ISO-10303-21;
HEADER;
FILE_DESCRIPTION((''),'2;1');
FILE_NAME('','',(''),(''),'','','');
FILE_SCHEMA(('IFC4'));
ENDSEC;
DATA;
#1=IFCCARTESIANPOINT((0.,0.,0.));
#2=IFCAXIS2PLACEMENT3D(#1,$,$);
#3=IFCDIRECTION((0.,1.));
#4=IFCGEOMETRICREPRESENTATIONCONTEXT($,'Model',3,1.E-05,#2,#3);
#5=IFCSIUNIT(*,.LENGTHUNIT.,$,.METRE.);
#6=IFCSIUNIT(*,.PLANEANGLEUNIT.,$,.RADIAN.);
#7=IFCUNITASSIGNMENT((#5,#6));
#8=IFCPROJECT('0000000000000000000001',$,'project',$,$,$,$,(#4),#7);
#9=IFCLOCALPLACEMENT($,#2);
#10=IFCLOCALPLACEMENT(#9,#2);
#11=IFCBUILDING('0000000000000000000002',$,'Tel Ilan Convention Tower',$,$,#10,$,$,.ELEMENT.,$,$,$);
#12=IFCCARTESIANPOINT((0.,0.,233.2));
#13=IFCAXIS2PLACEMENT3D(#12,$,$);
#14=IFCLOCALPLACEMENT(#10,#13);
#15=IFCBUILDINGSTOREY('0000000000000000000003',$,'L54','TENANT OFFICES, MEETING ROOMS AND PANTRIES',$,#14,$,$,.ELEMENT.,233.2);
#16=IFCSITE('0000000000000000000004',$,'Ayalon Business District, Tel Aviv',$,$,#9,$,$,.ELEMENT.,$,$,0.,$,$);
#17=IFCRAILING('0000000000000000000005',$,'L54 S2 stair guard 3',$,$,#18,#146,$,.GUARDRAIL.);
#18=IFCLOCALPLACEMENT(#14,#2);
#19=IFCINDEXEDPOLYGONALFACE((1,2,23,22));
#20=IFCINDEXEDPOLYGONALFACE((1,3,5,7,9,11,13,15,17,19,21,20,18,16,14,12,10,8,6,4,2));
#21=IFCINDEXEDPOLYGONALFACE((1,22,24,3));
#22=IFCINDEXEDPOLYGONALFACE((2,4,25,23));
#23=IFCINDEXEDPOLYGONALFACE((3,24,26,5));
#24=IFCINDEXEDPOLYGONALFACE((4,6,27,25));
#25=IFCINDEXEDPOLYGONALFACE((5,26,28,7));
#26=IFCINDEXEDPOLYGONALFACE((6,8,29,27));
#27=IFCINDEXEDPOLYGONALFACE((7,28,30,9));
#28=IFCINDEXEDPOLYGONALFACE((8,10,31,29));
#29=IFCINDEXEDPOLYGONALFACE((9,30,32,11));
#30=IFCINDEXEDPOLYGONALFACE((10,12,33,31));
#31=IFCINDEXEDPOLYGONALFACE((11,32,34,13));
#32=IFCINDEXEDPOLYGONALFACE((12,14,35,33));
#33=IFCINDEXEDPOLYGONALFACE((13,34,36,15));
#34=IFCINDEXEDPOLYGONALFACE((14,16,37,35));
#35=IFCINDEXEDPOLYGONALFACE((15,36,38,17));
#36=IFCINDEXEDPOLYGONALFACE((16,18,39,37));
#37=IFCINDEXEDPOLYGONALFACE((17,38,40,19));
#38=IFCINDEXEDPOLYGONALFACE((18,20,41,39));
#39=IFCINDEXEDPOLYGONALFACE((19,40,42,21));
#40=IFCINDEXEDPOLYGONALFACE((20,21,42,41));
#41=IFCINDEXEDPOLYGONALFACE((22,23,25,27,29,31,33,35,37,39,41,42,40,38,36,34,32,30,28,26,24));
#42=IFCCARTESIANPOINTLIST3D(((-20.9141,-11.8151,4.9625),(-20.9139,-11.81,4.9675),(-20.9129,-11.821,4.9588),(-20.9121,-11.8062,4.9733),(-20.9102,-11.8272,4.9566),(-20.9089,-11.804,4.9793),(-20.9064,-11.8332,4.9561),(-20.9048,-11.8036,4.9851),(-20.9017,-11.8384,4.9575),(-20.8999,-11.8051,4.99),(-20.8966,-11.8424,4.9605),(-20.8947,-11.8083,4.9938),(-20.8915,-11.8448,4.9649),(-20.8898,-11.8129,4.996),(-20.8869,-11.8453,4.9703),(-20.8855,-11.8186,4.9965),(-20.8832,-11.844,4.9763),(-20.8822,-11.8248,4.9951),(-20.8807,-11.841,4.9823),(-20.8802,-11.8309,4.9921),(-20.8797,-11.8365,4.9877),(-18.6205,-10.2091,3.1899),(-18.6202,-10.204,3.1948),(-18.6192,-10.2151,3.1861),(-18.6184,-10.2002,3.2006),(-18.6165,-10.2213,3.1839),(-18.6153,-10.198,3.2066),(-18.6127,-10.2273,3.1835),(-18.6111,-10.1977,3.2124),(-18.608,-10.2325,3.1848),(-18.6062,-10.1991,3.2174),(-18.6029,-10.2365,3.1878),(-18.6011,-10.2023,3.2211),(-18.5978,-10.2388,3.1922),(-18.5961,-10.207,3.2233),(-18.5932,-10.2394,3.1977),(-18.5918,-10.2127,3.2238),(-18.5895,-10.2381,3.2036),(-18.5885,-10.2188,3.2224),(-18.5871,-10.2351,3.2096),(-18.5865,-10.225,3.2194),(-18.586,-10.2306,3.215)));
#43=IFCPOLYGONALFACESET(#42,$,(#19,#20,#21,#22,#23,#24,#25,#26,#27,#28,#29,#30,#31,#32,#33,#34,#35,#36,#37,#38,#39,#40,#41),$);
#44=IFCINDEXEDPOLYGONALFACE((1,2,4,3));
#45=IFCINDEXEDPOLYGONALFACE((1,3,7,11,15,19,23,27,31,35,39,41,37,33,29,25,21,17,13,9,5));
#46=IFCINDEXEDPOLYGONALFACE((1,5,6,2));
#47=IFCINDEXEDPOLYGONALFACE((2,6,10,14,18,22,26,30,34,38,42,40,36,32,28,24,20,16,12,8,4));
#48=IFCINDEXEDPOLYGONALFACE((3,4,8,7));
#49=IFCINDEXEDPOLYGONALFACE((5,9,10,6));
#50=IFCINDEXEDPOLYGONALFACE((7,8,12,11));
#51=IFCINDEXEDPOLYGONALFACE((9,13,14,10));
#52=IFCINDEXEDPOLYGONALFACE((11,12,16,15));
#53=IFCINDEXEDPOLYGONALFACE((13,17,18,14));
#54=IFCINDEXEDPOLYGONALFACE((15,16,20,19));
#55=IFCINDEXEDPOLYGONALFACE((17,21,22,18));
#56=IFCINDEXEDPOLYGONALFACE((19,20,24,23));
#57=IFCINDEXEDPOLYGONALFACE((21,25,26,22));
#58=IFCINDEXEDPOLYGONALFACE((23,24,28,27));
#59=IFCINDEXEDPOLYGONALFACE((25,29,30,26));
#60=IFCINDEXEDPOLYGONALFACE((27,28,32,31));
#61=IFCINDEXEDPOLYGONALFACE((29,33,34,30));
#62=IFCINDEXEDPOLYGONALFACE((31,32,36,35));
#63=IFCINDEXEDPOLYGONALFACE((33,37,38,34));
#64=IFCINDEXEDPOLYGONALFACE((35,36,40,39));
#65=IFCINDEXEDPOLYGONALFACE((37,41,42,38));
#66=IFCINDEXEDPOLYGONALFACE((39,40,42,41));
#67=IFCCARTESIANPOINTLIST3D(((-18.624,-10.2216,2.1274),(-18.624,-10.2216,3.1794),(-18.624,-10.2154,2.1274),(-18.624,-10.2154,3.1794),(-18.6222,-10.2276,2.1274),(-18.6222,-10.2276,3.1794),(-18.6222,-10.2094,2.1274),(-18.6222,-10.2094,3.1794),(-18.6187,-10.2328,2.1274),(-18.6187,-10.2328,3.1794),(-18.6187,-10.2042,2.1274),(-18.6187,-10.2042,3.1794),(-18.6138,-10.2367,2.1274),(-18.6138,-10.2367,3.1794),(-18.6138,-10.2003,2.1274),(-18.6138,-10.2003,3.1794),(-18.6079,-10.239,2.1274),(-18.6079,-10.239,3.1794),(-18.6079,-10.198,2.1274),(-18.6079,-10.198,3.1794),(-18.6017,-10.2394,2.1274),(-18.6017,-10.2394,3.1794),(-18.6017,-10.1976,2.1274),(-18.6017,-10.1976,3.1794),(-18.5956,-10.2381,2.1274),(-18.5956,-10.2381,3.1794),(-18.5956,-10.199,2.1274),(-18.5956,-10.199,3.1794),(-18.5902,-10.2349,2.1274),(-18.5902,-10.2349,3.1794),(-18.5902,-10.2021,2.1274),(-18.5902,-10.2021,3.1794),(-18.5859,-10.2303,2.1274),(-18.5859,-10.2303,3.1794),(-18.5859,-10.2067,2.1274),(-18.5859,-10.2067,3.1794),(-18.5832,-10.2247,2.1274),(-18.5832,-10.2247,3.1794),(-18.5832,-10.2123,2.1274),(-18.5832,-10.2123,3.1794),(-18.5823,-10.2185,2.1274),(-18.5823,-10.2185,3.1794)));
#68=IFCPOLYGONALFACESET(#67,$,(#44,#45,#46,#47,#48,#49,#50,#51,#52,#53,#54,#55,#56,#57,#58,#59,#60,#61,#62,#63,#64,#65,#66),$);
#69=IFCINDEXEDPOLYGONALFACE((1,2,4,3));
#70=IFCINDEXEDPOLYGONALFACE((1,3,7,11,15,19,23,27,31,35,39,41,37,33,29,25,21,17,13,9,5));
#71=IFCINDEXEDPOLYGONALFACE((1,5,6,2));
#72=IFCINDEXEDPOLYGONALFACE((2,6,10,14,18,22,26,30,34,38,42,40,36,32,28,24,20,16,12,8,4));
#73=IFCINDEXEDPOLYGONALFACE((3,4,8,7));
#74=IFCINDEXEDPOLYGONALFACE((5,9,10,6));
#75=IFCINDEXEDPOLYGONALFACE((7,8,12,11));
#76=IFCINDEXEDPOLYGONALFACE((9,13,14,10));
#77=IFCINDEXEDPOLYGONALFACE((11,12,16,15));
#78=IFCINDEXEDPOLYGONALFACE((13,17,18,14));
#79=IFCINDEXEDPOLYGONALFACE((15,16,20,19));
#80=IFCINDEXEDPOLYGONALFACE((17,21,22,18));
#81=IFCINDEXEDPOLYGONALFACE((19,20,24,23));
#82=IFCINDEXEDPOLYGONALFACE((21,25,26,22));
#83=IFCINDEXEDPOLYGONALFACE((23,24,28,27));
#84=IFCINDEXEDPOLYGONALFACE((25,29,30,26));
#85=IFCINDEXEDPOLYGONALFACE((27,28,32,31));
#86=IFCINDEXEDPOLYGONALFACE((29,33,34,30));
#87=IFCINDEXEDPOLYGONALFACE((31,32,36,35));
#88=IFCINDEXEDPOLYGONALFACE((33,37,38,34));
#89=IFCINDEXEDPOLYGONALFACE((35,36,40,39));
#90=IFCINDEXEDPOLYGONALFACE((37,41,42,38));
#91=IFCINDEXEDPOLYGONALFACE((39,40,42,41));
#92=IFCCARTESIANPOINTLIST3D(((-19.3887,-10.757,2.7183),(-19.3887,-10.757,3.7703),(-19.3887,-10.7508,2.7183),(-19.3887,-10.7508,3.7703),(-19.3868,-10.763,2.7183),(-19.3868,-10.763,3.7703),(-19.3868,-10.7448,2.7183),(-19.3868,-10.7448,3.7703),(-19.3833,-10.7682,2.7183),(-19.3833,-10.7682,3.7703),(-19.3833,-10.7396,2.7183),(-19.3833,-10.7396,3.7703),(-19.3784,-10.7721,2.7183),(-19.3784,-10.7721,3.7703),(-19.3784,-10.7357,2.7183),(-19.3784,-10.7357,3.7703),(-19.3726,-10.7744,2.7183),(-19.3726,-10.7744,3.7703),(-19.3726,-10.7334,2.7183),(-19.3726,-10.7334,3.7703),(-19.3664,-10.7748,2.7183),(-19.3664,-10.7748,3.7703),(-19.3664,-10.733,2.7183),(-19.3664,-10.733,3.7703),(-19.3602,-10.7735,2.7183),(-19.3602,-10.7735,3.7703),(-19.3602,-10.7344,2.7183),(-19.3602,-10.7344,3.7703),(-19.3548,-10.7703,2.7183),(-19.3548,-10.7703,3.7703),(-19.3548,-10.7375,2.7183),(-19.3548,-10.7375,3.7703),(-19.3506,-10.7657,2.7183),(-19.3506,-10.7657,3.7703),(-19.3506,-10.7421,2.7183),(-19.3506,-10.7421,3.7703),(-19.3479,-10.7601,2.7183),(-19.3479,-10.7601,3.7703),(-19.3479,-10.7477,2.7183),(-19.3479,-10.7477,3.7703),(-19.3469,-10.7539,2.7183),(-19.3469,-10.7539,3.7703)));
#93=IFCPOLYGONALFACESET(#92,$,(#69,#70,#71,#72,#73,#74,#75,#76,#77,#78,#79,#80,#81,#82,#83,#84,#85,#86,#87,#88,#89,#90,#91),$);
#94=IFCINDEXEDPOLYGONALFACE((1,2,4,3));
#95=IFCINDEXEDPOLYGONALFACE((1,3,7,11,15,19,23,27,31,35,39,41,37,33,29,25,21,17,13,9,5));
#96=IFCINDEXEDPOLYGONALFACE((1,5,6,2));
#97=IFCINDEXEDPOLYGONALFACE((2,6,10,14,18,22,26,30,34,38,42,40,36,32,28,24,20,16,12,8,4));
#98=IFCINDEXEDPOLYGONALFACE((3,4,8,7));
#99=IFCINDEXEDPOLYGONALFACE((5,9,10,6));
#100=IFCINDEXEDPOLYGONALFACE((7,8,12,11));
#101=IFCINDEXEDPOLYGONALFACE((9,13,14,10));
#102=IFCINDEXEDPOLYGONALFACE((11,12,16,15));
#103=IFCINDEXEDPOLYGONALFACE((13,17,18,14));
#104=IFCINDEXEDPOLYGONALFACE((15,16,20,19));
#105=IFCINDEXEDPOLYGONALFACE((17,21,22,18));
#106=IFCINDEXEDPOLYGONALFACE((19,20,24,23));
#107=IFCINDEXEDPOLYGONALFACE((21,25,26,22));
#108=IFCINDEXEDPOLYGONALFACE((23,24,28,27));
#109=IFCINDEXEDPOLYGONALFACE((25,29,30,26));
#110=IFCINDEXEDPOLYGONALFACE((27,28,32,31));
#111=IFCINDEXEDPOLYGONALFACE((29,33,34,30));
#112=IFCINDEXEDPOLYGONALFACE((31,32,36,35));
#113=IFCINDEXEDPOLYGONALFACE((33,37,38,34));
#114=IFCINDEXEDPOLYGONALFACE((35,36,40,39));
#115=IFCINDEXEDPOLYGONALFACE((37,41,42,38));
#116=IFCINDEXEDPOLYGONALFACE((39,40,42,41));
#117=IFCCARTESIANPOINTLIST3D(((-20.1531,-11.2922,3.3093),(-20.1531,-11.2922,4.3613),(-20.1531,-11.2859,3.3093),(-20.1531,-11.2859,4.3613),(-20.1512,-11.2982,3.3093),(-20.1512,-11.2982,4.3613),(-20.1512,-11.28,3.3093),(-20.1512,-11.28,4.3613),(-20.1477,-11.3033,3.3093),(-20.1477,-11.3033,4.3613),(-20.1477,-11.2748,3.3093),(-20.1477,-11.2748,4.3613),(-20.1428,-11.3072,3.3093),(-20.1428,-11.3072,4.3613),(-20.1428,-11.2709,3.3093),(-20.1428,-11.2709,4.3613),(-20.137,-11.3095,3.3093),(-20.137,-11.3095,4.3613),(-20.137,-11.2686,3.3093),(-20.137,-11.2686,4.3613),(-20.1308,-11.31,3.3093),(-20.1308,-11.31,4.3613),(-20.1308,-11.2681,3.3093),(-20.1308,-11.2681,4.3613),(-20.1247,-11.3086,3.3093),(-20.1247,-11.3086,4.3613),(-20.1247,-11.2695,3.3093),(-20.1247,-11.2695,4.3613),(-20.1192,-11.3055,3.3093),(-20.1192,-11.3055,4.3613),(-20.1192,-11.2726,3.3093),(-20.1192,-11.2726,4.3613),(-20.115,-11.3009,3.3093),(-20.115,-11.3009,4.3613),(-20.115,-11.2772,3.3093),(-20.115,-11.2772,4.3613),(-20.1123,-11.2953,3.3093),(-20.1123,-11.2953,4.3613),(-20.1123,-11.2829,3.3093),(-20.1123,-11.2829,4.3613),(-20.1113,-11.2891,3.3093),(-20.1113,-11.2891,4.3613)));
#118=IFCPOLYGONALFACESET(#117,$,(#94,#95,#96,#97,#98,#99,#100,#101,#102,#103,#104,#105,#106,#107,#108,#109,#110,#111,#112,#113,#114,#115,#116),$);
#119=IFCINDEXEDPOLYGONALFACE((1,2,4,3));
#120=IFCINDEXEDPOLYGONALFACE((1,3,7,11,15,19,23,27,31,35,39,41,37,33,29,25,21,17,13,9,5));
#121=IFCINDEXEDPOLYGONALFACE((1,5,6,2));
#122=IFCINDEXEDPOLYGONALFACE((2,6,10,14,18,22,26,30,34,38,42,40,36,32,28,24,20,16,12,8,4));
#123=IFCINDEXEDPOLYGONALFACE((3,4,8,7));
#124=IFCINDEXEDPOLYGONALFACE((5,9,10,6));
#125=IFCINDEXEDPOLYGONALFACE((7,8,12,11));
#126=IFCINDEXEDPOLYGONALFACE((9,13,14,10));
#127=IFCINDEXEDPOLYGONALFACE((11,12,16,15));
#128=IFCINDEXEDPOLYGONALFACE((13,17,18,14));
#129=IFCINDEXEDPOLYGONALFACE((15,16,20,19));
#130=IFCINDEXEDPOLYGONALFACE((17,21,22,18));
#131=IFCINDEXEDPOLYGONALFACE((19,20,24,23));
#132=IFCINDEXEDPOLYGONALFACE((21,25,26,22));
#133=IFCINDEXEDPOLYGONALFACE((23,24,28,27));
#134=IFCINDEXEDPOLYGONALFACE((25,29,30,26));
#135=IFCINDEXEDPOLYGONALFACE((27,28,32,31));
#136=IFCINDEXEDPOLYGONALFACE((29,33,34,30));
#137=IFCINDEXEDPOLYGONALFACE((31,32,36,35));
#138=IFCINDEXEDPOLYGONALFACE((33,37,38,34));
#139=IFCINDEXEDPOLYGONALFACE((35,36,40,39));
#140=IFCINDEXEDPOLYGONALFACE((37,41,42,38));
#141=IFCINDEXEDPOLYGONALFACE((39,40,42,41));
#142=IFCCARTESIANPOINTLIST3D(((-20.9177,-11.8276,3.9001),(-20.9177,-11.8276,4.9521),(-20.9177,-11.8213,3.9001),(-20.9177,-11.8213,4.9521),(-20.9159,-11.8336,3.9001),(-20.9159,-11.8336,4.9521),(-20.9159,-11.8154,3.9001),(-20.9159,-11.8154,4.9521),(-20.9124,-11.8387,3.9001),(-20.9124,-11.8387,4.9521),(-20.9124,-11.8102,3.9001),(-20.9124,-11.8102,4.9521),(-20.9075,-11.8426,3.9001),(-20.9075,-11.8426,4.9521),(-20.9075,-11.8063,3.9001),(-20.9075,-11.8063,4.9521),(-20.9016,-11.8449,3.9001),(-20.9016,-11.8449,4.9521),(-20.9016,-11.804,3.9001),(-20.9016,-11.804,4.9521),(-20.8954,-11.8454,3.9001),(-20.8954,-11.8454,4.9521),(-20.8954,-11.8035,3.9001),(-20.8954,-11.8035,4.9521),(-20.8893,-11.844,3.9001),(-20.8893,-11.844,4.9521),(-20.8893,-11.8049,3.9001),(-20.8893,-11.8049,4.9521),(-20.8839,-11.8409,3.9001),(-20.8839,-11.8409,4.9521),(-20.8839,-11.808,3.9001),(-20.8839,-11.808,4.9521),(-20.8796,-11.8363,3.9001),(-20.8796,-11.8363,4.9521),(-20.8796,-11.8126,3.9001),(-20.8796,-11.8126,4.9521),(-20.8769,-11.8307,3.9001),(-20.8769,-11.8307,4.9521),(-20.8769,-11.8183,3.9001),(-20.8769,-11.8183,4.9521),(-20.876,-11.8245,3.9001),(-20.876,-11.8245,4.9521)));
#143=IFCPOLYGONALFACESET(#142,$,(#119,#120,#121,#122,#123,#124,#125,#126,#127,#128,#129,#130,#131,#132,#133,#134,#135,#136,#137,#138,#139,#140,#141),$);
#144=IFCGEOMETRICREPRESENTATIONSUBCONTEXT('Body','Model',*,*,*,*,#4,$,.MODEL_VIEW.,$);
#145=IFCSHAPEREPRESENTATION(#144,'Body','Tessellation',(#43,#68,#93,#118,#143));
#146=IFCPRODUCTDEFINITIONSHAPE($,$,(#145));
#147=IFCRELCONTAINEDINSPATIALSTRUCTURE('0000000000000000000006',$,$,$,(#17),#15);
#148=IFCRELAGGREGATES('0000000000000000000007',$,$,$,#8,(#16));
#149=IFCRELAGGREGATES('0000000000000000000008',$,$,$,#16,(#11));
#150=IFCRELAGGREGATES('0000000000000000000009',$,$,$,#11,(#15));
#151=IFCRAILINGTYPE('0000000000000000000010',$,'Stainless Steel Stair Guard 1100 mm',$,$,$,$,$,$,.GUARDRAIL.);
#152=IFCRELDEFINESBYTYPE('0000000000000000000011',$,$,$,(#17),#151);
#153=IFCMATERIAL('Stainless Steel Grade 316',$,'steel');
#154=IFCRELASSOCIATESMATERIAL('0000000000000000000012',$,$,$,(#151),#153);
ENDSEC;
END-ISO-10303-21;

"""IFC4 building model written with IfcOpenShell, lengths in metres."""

from ifc_helpers import new_model, si_unit, direction, frame, origin, origin_2d, place, context, subcontext, project, spatial, circle, extrude, material, type_object, element, save


model = new_model("IFC4")

# Units and contexts
model_context = context("Model", 3, precision=1e-05, world=origin(), true_north=direction((0.0, 1.0)))
body_context = subcontext(model_context, "Body", "Model", "MODEL_VIEW")
ifc_project = project(units=[si_unit("LENGTHUNIT", "METRE"), si_unit("PLANEANGLEUNIT", "RADIAN")], contexts=[model_context])

# Site, building, storey
site_placement = place(None, origin())
site = spatial("IfcSite", under=ifc_project, at=site_placement, Name="Ayalon Business District, Tel Aviv", CompositionType="ELEMENT", RefElevation=0.0)
building_placement = place(site_placement, origin())
building = spatial("IfcBuilding", under=site, at=building_placement, Name="Tel Ilan Convention Tower", CompositionType="ELEMENT")
storey_placement = place(building_placement, frame((0.0, 0.0, 233.2)))
storey = spatial("IfcBuildingStorey", under=building, at=storey_placement, Name="L54", Description="TENANT OFFICES, MEETING ROOMS AND PANTRIES", CompositionType="ELEMENT", Elevation=233.2)

# Railing
ifc_material_1 = material(Name="Stainless Steel Grade 316", Category="steel")
railing_type_1 = type_object("IfcRailingType", Name="Stainless Steel Stair Guard 1100 mm", PredefinedType="GUARDRAIL", material=ifc_material_1)
railing_1_placement = place(storey_placement, frame((-18.6033, -10.2185, 2.1274)))
element("IfcRailing", 1, at=railing_1_placement, inside=storey, type_object=railing_type_1, Name="L54 S2 stair guard 3", PredefinedType="GUARDRAIL", context=body_context, shape_type="SweptSolid", body=[
    extrude(circle(Radius=0.0239, at=origin_2d()), frame((0.0, 0.0, 1.0762), z_axis=(-0.692123, -0.484597, 0.534913), x_axis=(0.57355, -0.81917, 0.0)), (0.0, 0.0, 1.0), 3.314),
    extrude(circle(Radius=0.021, at=origin_2d()), origin(), (0.0, 0.0, 1.0), 1.052),
    extrude(circle(Radius=0.021, at=origin_2d()), frame((-0.7646, -0.5354, 0.5908)), (0.0, 0.0, 1.0), 1.052),
    extrude(circle(Radius=0.021, at=origin_2d()), frame((-1.5291, -1.0706, 1.1819)), (0.0, 0.0, 1.0), 1.052),
    extrude(circle(Radius=0.021, at=origin_2d()), frame((-2.2937, -1.606, 1.7727)), (0.0, 0.0, 1.0), 1.052),
])

save(model, "model.ifc")
